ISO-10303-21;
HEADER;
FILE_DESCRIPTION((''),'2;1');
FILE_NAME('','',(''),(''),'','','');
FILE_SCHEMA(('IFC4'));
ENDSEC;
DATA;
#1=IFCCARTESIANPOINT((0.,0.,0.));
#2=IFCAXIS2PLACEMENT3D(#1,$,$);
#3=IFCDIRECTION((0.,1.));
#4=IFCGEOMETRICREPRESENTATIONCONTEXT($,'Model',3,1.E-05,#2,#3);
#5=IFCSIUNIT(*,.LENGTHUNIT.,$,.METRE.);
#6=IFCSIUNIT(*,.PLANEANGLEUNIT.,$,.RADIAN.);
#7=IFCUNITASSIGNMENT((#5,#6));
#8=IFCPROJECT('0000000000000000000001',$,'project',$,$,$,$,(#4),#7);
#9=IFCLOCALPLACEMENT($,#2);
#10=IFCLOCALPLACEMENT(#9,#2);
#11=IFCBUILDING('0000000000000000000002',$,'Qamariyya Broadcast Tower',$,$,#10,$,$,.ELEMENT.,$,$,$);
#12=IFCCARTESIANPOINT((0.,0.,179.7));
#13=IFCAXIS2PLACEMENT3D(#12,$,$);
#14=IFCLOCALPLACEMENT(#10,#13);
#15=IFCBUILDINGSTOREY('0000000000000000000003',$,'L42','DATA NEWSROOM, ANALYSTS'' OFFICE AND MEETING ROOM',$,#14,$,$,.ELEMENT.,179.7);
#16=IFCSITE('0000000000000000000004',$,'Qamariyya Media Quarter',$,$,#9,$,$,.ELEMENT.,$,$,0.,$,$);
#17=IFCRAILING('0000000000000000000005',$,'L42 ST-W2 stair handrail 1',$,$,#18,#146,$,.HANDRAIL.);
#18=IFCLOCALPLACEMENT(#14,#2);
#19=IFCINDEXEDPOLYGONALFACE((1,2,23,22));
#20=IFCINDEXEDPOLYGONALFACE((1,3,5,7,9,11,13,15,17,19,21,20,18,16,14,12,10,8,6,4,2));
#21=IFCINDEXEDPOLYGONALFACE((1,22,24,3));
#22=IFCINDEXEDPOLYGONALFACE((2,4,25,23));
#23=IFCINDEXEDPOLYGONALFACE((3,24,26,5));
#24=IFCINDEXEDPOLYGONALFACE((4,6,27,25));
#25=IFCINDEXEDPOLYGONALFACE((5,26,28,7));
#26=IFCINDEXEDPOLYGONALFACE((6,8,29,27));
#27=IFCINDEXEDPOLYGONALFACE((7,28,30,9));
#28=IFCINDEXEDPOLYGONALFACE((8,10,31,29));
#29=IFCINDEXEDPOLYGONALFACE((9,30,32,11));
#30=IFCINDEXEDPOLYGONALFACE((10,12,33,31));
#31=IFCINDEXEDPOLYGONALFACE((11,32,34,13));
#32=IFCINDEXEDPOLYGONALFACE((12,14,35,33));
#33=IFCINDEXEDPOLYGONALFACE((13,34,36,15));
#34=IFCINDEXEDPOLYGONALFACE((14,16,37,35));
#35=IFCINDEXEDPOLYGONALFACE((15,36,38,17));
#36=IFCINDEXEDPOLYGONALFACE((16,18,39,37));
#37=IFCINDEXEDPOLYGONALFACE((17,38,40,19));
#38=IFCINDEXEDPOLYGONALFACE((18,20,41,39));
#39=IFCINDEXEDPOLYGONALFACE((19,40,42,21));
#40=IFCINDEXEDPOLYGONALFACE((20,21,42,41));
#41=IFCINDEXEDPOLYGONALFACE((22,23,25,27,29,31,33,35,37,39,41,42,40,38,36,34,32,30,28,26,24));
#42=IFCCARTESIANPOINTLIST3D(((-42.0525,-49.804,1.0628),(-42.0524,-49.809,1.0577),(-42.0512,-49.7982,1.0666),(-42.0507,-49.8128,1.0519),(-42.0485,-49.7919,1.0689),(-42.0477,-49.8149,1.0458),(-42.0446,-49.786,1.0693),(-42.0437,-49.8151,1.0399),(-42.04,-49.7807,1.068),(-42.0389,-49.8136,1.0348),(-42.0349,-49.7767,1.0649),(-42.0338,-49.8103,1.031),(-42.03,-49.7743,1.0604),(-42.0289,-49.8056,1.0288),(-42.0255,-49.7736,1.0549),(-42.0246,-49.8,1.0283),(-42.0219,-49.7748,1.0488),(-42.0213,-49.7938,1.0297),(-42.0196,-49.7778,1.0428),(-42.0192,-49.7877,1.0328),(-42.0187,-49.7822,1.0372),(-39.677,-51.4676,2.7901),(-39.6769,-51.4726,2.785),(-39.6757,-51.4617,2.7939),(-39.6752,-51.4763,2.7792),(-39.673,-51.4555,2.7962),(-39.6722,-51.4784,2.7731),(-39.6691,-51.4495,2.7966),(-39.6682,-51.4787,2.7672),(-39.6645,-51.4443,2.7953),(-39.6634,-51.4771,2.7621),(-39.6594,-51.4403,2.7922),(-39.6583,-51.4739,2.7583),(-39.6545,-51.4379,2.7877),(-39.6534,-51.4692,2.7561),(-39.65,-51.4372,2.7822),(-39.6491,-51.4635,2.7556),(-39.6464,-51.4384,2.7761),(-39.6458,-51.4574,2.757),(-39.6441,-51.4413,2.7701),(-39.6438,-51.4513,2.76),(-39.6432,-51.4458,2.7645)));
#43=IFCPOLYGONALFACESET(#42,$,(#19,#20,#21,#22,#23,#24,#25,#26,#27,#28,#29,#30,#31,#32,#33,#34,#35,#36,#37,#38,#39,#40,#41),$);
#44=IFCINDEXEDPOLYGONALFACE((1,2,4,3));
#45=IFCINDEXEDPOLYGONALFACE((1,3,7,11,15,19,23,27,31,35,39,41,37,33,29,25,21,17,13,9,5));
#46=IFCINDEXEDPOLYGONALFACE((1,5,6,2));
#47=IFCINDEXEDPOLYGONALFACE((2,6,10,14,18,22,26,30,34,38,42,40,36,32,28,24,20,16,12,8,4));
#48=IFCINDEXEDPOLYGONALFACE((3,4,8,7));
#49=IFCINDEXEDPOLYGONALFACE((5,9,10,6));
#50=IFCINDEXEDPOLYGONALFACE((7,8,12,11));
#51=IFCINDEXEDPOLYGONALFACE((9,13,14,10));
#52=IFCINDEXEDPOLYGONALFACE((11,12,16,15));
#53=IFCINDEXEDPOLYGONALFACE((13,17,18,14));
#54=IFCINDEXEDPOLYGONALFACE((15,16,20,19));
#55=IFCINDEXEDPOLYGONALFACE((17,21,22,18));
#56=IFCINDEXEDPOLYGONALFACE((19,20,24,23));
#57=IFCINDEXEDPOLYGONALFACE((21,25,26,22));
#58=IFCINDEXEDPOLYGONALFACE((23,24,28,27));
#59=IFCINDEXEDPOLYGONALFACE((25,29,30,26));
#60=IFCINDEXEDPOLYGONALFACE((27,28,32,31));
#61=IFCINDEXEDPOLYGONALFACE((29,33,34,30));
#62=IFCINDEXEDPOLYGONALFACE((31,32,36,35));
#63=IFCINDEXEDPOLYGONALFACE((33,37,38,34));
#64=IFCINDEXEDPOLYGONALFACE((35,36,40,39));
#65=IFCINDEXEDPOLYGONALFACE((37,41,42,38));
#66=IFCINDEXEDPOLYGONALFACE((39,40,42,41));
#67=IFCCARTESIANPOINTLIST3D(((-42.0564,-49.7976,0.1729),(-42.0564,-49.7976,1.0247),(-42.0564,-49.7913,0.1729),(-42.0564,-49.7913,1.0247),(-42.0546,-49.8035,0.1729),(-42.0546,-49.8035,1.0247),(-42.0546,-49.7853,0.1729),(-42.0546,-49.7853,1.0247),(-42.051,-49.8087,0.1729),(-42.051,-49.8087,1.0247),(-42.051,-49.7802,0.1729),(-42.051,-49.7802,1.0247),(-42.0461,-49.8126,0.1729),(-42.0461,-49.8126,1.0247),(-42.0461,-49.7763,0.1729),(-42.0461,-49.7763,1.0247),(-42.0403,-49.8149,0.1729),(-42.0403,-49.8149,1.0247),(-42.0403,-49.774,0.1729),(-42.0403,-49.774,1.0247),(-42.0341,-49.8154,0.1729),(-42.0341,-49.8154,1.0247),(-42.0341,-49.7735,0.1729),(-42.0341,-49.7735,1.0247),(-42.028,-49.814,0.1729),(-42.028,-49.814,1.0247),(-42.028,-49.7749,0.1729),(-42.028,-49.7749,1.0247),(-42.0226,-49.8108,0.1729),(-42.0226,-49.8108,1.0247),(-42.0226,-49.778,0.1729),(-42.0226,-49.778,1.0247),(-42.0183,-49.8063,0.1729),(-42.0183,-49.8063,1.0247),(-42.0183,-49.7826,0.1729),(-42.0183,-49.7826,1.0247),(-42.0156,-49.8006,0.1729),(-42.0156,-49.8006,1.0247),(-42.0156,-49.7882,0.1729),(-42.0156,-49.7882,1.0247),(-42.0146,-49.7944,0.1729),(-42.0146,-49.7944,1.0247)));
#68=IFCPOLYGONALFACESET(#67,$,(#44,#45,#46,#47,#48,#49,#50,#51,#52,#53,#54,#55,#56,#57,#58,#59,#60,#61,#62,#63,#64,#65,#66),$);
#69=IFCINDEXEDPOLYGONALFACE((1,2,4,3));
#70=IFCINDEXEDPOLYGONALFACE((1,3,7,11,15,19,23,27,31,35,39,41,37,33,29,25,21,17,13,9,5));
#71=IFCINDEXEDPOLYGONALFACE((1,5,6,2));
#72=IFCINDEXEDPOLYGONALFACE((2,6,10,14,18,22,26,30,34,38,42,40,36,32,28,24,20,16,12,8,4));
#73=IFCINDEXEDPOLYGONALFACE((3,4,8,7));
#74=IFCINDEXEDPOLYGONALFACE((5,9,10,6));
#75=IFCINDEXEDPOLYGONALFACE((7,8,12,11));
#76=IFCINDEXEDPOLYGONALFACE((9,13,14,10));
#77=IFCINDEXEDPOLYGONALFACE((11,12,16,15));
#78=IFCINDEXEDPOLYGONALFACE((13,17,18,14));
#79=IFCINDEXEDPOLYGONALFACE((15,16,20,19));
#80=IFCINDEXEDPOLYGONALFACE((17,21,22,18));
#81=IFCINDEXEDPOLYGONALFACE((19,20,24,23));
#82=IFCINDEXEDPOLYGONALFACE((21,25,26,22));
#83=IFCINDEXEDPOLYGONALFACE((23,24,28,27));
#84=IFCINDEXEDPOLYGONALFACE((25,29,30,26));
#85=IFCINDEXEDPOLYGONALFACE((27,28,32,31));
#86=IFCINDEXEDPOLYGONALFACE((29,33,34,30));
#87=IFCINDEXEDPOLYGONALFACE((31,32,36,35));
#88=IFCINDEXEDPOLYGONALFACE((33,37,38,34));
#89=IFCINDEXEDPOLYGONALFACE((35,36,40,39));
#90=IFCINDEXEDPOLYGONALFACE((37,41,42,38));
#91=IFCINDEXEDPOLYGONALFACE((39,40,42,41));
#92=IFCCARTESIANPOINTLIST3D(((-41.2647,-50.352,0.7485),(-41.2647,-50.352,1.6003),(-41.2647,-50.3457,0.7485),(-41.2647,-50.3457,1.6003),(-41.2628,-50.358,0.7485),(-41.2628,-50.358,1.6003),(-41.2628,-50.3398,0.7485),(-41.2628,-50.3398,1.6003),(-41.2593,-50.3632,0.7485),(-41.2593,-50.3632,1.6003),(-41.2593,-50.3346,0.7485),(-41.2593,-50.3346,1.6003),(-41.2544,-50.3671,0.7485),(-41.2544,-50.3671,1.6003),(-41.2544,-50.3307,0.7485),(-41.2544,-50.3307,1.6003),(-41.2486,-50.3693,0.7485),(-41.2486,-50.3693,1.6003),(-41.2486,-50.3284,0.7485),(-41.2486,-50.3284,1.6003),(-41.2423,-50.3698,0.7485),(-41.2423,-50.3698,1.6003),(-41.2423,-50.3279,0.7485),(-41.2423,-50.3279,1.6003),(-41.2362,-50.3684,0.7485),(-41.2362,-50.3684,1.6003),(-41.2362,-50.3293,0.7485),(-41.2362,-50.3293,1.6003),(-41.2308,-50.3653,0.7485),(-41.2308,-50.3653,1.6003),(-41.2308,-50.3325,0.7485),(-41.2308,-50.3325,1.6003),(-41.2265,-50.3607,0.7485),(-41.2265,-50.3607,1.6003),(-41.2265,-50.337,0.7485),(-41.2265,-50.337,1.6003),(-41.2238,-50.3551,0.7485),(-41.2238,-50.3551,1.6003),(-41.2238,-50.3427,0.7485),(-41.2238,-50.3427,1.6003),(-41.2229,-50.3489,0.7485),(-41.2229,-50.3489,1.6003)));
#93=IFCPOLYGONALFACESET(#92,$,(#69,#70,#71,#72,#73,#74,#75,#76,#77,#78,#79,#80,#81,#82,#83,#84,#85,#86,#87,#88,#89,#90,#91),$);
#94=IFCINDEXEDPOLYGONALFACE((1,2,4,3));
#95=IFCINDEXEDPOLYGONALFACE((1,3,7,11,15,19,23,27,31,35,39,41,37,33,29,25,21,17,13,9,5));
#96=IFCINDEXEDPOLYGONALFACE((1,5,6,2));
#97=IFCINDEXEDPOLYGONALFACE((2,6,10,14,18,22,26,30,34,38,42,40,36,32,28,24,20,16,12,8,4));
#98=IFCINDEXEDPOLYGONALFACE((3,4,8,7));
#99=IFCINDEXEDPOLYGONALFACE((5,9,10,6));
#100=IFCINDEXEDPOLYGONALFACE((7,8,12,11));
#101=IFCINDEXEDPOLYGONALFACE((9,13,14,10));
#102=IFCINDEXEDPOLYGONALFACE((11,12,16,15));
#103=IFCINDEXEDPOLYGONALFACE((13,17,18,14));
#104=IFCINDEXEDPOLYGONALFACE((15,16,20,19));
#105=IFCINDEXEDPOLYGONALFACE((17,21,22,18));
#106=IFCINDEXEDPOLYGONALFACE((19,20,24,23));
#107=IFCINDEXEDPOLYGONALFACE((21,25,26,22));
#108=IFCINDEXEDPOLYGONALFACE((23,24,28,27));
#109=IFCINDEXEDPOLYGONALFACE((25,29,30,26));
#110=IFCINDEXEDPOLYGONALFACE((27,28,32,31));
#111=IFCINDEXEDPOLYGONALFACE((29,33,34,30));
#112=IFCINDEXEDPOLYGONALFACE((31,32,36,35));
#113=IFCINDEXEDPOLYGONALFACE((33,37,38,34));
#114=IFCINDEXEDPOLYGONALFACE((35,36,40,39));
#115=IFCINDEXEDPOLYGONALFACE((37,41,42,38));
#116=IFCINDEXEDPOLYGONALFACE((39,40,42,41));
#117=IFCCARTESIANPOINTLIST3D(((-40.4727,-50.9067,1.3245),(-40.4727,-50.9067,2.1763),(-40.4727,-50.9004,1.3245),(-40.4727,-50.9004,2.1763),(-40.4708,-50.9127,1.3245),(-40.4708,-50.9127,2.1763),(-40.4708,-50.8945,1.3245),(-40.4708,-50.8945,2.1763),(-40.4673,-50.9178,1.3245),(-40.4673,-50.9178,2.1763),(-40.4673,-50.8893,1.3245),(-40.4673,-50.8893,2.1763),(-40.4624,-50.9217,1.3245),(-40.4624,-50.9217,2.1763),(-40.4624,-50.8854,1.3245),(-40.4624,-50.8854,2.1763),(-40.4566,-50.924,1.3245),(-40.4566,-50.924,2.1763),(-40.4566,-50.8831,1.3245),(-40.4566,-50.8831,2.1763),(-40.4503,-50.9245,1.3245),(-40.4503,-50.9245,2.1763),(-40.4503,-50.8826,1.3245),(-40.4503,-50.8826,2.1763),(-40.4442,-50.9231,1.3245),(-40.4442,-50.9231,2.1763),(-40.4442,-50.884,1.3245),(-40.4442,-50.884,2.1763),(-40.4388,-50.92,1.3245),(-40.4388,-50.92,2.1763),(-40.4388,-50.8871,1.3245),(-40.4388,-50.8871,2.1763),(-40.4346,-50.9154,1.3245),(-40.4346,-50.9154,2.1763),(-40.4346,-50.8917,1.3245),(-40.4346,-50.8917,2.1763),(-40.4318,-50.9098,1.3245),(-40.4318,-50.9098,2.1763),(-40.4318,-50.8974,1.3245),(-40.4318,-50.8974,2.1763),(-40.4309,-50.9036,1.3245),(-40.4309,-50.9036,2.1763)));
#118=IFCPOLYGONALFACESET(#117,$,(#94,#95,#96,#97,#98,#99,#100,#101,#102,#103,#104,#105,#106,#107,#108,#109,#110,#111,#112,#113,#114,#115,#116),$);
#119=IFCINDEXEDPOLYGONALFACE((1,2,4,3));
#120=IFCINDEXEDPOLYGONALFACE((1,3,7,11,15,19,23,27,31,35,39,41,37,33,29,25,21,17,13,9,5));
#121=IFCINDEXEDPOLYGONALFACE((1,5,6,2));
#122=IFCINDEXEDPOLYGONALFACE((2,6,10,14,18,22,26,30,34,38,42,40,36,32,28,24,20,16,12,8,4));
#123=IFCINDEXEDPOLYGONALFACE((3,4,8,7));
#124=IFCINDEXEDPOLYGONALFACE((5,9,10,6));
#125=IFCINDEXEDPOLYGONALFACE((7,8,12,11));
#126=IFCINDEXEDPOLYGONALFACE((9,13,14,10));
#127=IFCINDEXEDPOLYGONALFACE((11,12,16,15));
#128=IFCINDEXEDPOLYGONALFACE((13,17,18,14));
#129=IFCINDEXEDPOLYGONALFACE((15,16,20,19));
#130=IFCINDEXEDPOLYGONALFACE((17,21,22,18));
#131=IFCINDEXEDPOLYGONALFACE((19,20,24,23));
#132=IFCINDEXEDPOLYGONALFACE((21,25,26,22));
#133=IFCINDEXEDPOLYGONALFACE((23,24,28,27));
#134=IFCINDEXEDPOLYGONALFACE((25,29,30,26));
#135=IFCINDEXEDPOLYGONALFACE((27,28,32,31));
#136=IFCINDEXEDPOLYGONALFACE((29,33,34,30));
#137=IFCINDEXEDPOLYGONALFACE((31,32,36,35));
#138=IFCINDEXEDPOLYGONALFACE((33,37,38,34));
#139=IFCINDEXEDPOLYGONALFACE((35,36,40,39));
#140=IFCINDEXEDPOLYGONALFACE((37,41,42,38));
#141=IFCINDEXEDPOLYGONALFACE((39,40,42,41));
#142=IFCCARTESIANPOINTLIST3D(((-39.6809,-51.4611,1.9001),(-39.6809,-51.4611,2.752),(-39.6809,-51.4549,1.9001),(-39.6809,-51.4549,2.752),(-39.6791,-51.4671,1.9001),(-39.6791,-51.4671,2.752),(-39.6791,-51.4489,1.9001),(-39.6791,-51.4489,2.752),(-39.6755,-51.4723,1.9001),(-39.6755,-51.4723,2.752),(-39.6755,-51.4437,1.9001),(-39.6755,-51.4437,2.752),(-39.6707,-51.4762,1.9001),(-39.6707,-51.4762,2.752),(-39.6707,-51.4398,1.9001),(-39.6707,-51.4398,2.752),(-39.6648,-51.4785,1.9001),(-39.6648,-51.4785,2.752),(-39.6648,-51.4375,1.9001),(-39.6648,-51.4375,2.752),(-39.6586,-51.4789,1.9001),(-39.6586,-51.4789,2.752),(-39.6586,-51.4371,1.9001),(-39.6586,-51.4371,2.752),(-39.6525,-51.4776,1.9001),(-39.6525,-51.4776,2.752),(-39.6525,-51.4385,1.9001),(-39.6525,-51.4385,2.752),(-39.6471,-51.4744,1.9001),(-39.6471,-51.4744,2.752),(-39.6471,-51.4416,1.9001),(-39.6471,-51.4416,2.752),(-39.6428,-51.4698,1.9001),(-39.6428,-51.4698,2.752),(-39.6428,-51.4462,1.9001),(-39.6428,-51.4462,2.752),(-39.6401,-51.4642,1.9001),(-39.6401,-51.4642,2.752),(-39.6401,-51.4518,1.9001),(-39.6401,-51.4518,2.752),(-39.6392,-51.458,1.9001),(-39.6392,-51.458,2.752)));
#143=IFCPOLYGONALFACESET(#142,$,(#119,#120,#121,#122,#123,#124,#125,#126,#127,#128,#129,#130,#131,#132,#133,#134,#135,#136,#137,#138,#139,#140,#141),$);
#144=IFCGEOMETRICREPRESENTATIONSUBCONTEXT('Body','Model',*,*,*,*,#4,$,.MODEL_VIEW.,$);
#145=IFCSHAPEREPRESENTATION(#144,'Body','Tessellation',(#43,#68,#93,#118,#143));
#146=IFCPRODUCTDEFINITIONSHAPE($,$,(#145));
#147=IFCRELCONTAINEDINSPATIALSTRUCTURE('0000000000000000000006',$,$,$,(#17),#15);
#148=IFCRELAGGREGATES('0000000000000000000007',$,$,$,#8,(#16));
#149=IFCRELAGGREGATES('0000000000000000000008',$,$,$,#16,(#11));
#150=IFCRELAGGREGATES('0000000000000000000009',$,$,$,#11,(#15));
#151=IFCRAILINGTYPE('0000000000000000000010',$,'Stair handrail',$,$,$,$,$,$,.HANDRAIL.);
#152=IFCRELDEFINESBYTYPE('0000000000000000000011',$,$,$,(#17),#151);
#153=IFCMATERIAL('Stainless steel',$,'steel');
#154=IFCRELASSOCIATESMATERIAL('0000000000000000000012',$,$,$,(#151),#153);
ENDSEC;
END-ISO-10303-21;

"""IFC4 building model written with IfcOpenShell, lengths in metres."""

from ifc_helpers import new_model, si_unit, direction, frame, origin, origin_2d, place, context, subcontext, project, spatial, circle, extrude, material, type_object, element, save


model = new_model("IFC4")

# Units and contexts
model_context = context("Model", 3, precision=1e-05, world=origin(), true_north=direction((0.0, 1.0)))
body_context = subcontext(model_context, "Body", "Model", "MODEL_VIEW")
ifc_project = project(units=[si_unit("LENGTHUNIT", "METRE"), si_unit("PLANEANGLEUNIT", "RADIAN")], contexts=[model_context])

# Site, building, storey
site_placement = place(None, origin())
site = spatial("IfcSite", under=ifc_project, at=site_placement, Name="Qamariyya Media Quarter", CompositionType="ELEMENT", RefElevation=0.0)
building_placement = place(site_placement, origin())
building = spatial("IfcBuilding", under=site, at=building_placement, Name="Qamariyya Broadcast Tower", CompositionType="ELEMENT")
storey_placement = place(building_placement, frame((0.0, 0.0, 179.7)))
storey = spatial("IfcBuildingStorey", under=building, at=storey_placement, Name="L42", Description="DATA NEWSROOM, ANALYSTS' OFFICE AND MEETING ROOM", CompositionType="ELEMENT", Elevation=179.7)

# Railing
ifc_material_1 = material(Name="Stainless steel", Category="steel")
railing_type_1 = type_object("IfcRailingType", Name="Stair handrail", PredefinedType="HANDRAIL", material=ifc_material_1)
railing_1_placement = place(storey_placement, frame((-42.0356, -49.7944, 0.1729)))
element("IfcRailing", 1, at=railing_1_placement, inside=storey, type_object=railing_type_1, Name="L42 ST-W2 stair handrail 1", PredefinedType="HANDRAIL", context=body_context, shape_type="SweptSolid", body=[
    extrude(circle(Radius=0.0239, at=origin_2d()), frame((0.0, 0.0, 0.876), z_axis=(0.703745, -0.492838, 0.511716), x_axis=(0.573632, 0.819113, 0.0)), (0.0, 0.0, 1.0), 3.3755),
    extrude(circle(Radius=0.021, at=origin_2d()), origin(), (0.0, 0.0, 1.0), 0.8518),
    extrude(circle(Radius=0.021, at=origin_2d()), frame((0.7917, -0.5544, 0.5757)), (0.0, 0.0, 1.0), 0.8518),
    extrude(circle(Radius=0.021, at=origin_2d()), frame((1.5837, -1.1091, 1.1516)), (0.0, 0.0, 1.0), 0.8518),
    extrude(circle(Radius=0.021, at=origin_2d()), frame((2.3755, -1.6636, 1.7273)), (0.0, 0.0, 1.0), 0.8518),
])

save(model, "model.ifc")
